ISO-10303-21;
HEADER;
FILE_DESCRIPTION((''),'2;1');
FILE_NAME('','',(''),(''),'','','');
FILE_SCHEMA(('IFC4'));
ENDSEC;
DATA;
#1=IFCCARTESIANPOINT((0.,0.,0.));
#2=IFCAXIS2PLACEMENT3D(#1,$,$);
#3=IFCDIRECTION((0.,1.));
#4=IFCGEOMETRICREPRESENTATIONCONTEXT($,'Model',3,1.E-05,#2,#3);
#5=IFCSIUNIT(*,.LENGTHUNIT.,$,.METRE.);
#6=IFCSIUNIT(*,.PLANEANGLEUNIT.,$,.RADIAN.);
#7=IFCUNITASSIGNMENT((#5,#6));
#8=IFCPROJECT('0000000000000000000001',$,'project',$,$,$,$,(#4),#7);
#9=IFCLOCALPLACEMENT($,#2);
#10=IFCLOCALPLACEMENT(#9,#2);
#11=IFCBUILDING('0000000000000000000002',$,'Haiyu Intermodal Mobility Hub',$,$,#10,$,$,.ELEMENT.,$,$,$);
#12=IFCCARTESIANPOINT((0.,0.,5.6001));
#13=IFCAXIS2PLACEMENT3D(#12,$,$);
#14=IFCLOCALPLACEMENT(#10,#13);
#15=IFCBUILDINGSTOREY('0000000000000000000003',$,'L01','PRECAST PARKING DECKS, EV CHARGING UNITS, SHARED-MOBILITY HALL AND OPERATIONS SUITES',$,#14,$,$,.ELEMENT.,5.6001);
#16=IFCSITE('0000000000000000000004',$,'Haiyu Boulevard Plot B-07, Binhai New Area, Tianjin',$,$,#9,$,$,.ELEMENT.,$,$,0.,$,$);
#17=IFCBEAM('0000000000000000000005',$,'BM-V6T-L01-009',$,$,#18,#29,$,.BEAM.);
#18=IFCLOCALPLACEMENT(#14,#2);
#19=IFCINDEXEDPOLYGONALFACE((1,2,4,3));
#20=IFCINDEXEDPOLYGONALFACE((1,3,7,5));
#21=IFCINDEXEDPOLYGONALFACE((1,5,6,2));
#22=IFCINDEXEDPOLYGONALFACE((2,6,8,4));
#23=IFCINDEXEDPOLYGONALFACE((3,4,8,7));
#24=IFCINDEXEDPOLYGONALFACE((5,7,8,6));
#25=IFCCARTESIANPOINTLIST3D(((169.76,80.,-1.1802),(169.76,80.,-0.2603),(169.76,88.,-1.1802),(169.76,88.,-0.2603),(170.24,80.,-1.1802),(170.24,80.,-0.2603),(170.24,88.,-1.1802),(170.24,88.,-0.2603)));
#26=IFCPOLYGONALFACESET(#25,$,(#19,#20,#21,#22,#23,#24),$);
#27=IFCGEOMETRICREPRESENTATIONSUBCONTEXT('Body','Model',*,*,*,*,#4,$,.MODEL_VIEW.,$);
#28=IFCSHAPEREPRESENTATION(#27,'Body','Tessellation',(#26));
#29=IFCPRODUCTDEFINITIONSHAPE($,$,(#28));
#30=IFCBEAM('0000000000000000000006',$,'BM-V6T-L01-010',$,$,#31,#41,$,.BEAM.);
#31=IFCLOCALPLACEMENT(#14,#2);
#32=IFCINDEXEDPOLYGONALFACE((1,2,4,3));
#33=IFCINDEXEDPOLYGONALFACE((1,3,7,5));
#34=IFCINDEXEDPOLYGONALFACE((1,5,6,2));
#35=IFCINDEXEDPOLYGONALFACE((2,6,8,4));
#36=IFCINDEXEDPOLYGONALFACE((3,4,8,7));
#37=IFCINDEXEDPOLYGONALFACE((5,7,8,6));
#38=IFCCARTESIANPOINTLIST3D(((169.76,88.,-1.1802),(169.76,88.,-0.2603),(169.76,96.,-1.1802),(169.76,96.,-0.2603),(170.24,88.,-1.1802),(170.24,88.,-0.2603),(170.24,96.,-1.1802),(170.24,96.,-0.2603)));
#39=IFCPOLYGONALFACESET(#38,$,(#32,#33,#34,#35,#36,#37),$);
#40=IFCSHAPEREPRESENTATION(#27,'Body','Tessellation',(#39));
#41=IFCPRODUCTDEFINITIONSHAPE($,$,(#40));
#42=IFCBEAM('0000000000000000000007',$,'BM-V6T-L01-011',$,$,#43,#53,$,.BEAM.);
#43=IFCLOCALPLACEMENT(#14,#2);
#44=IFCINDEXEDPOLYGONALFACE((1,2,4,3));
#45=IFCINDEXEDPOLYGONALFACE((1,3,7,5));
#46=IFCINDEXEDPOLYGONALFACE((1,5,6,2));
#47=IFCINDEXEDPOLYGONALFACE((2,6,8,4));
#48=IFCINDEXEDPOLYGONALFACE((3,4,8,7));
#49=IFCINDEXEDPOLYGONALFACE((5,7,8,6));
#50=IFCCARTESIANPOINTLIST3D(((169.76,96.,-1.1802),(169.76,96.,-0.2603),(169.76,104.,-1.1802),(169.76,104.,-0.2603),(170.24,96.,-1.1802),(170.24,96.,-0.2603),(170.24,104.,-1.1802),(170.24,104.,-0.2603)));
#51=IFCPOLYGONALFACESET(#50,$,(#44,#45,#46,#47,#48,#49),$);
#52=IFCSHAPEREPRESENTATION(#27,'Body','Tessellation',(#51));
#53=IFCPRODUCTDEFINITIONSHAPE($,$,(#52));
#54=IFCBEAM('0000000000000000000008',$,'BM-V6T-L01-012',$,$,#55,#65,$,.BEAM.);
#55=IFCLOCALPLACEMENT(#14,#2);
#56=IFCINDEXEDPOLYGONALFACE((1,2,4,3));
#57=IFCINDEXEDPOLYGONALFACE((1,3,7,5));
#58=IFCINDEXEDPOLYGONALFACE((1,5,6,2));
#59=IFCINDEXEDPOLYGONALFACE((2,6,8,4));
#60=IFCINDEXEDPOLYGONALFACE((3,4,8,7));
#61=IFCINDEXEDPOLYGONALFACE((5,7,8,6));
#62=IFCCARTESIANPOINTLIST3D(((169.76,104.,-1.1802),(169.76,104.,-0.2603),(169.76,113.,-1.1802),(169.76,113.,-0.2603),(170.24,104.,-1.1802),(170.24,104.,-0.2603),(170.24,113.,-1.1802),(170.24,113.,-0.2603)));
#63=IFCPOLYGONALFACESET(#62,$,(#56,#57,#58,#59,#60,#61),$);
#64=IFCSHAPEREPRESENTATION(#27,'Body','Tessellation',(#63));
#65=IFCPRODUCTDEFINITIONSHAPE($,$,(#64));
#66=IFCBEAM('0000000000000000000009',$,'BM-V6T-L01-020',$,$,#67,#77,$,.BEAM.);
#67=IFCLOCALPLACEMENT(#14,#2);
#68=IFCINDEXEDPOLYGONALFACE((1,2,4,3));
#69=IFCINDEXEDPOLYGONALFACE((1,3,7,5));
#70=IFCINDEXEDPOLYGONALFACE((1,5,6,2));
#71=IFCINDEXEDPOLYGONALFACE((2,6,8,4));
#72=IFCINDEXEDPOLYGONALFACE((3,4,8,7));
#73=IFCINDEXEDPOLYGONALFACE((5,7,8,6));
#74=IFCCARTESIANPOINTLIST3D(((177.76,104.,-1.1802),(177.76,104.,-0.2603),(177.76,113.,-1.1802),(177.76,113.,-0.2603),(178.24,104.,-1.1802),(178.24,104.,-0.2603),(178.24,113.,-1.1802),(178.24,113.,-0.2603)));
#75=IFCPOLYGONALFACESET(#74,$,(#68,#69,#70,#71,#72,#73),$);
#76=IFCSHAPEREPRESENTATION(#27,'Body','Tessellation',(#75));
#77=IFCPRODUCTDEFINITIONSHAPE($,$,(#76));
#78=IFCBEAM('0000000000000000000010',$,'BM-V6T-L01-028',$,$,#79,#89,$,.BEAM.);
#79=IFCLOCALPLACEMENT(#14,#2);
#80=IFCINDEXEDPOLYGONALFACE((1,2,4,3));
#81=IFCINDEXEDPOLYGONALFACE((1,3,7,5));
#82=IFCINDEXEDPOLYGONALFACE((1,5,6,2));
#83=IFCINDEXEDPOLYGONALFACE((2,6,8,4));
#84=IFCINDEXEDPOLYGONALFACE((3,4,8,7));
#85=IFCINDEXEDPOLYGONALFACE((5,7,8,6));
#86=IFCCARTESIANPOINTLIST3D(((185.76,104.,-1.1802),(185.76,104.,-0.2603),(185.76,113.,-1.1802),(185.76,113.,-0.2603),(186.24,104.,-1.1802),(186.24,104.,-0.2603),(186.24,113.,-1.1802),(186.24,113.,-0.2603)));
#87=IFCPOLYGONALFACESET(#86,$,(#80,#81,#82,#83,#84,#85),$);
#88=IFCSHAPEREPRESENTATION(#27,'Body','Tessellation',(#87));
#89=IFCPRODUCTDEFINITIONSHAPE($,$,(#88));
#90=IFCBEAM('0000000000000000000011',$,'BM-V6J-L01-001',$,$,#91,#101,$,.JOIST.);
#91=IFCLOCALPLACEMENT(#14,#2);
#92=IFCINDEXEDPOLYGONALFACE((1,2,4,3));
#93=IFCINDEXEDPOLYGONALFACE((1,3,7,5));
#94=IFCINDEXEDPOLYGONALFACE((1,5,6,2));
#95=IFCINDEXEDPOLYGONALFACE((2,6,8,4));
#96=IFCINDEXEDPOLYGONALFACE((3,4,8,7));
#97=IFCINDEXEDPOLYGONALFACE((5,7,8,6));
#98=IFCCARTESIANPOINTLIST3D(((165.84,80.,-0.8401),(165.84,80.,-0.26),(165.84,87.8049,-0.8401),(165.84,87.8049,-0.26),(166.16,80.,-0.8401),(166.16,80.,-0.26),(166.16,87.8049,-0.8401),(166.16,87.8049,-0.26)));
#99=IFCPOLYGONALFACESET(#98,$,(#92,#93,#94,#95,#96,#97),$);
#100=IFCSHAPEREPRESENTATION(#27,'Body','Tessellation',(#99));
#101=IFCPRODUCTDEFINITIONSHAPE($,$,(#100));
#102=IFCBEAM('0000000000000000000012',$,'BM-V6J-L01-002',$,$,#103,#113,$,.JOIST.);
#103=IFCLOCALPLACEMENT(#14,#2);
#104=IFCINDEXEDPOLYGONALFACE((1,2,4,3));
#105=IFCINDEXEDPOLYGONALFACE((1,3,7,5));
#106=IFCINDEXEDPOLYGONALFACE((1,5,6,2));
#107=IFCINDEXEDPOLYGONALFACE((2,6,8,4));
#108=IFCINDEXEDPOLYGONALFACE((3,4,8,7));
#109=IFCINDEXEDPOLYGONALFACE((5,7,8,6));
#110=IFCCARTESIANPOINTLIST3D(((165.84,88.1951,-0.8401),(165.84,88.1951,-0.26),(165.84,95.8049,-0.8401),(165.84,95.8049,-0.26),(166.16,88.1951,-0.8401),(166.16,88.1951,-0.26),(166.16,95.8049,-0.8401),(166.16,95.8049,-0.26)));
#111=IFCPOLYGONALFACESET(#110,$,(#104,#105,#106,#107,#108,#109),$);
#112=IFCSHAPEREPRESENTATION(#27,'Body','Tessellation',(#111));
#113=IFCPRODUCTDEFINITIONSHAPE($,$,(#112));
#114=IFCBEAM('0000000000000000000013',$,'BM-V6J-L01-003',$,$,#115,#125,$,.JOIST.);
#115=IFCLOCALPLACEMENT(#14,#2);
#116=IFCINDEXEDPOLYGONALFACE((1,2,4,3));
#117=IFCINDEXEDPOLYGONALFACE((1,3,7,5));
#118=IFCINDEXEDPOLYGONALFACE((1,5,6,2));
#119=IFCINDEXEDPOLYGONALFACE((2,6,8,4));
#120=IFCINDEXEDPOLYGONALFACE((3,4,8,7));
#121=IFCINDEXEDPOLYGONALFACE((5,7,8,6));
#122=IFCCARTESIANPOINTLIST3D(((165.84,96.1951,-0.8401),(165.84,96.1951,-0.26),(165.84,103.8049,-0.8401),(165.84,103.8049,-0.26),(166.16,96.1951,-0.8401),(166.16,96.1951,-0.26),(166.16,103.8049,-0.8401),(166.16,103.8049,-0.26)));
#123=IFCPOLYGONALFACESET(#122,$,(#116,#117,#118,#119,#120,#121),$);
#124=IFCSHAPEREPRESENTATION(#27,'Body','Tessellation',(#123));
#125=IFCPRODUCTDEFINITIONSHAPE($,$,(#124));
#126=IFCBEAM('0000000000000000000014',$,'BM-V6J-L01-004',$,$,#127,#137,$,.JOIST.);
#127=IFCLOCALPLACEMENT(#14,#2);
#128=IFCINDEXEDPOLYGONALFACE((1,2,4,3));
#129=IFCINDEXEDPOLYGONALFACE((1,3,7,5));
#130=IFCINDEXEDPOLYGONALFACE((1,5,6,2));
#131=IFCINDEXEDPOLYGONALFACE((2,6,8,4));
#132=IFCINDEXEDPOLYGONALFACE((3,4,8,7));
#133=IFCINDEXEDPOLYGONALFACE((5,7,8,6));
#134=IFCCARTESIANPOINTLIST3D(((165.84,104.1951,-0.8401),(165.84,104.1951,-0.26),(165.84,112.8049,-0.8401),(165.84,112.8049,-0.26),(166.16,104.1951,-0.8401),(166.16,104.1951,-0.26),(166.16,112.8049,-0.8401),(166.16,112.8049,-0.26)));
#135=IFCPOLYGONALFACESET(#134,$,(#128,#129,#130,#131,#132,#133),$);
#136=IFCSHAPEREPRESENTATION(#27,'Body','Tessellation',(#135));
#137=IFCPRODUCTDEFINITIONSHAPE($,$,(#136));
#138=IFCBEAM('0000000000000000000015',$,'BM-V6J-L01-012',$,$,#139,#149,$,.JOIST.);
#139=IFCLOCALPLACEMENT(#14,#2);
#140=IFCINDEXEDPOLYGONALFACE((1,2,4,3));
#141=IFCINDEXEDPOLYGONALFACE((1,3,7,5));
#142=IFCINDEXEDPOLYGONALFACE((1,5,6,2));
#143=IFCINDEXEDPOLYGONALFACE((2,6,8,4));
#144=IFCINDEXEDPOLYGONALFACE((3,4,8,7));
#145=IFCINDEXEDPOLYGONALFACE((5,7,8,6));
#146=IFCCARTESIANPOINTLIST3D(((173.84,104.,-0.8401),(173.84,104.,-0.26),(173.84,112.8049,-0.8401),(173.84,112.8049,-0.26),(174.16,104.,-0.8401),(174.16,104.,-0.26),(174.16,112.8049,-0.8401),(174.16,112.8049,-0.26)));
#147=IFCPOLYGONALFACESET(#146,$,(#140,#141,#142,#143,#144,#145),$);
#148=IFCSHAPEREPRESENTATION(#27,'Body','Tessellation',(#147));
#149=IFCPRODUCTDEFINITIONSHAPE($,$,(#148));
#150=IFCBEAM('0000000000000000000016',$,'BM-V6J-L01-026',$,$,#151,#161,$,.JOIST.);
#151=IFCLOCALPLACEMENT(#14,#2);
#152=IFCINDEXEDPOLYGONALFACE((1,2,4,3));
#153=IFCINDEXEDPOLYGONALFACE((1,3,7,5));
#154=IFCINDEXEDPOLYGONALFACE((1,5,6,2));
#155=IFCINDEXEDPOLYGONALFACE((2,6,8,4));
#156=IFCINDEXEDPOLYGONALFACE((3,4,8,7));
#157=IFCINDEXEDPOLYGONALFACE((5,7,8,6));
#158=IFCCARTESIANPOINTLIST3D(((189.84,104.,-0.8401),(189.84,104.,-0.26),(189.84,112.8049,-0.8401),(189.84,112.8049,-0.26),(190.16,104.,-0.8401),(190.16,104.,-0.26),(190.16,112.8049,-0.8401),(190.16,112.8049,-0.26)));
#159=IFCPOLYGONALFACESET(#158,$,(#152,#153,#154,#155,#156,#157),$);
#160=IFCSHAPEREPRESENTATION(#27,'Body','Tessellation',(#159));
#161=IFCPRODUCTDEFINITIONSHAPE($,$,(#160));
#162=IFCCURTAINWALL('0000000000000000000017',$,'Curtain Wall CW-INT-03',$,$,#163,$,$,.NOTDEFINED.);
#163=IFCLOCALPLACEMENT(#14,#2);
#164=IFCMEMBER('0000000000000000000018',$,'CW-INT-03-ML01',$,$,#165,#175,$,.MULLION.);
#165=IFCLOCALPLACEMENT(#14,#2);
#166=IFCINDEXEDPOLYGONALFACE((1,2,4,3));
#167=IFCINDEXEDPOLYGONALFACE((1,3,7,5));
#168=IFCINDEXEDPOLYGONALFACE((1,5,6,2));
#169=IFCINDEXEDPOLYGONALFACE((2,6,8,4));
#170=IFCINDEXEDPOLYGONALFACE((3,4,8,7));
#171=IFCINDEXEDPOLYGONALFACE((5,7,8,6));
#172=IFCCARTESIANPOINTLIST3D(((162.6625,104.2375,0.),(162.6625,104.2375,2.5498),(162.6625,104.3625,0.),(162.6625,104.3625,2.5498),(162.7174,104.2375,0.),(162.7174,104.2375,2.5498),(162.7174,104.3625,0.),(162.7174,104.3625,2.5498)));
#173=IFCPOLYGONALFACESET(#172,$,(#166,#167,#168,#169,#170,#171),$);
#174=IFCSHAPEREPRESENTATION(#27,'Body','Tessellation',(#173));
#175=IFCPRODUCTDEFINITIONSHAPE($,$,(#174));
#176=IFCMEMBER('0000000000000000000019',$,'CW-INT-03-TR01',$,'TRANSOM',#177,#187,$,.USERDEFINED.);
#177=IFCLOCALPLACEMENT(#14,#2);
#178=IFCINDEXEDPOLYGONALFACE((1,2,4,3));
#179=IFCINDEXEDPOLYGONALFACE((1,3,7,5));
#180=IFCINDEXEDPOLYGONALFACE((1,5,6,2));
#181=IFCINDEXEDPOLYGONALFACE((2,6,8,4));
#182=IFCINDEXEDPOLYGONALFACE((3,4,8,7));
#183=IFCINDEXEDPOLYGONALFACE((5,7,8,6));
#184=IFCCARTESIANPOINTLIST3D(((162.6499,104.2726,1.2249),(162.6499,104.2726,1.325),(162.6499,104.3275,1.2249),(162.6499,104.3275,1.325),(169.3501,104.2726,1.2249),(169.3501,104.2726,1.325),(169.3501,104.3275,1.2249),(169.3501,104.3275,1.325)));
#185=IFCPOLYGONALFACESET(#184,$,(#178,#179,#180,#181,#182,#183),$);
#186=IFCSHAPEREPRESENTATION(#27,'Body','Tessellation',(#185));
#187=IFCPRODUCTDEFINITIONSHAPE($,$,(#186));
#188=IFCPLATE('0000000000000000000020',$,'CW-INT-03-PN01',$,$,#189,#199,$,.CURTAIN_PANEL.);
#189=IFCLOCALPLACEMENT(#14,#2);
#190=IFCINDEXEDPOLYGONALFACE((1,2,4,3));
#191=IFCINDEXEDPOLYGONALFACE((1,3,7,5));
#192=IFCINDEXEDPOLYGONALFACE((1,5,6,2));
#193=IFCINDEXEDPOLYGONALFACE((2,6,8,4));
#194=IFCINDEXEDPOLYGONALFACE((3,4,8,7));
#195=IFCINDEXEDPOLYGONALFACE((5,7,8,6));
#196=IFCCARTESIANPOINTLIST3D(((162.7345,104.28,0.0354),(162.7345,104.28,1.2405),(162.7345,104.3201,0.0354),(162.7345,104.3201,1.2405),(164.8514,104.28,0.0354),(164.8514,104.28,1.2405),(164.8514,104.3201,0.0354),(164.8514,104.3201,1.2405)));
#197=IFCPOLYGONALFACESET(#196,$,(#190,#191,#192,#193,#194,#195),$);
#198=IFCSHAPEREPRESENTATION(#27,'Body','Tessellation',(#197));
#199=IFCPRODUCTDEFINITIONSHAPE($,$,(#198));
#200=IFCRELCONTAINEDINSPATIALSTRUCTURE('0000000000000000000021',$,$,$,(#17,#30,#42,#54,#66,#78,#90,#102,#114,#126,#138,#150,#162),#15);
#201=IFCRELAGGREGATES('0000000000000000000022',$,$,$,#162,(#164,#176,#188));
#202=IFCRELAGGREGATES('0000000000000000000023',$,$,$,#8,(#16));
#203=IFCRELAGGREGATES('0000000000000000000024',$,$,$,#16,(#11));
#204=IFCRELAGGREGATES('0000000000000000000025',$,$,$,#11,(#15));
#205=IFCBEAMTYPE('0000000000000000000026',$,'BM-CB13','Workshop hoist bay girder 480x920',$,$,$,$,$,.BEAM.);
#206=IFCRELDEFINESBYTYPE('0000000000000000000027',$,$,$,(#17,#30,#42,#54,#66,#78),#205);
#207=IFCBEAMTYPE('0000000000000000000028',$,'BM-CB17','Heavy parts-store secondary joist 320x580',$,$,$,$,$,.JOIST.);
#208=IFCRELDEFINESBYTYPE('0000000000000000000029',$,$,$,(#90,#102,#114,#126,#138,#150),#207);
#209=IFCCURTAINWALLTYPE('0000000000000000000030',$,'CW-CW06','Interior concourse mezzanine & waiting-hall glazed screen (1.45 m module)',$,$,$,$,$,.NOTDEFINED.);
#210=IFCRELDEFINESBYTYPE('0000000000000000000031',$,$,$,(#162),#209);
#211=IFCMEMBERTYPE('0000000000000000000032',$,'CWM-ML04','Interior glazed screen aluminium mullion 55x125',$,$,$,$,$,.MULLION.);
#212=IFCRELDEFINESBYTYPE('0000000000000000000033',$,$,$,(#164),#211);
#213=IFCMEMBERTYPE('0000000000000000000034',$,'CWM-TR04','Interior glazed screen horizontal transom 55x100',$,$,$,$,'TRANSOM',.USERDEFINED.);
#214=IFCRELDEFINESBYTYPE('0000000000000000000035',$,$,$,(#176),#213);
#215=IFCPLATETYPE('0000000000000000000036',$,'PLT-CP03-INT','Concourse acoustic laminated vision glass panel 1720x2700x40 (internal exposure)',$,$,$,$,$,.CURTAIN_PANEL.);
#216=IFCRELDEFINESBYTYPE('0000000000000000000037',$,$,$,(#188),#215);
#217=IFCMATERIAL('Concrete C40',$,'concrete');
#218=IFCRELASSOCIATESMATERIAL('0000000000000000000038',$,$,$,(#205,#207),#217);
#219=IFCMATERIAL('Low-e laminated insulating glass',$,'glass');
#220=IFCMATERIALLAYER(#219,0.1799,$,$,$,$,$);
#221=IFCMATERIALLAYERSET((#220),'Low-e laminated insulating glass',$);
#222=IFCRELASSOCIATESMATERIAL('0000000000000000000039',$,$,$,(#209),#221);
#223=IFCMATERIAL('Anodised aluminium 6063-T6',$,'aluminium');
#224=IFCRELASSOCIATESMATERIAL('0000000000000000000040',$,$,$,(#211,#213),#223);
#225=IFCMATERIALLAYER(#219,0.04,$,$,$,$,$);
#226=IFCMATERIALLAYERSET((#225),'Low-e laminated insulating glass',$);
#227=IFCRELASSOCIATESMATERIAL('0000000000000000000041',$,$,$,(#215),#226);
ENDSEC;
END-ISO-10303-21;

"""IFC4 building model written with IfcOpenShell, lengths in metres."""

from ifc_helpers import new_model, si_unit, direction, frame, origin, origin_2d, place, context, subcontext, project, spatial, rectangle, extrude, material, layer, layer_set, material_profile, profile_set, type_object, element, aggregate, save


model = new_model("IFC4")

# Units and contexts
model_context = context("Model", 3, precision=1e-05, world=origin(), true_north=direction((0.0, 1.0)))
body_context = subcontext(model_context, "Body", "Model", "MODEL_VIEW")
ifc_project = project(units=[si_unit("LENGTHUNIT", "METRE"), si_unit("PLANEANGLEUNIT", "RADIAN")], contexts=[model_context])

# Site, building, storey
site_placement = place(None, origin())
site = spatial("IfcSite", under=ifc_project, at=site_placement, Name="Haiyu Boulevard Plot B-07, Binhai New Area, Tianjin", CompositionType="ELEMENT", RefElevation=0.0)
building_placement = place(site_placement, origin())
building = spatial("IfcBuilding", under=site, at=building_placement, Name="Haiyu Intermodal Mobility Hub", CompositionType="ELEMENT")
storey_placement = place(building_placement, frame((0.0, 0.0, 5.6001)))
storey = spatial("IfcBuildingStorey", under=building, at=storey_placement, Name="L01", Description="PRECAST PARKING DECKS, EV CHARGING UNITS, SHARED-MOBILITY HALL AND OPERATIONS SUITES", CompositionType="ELEMENT", Elevation=5.6001)

# Shared definitions
ifc_material_1 = material(Name="Concrete C40", Category="concrete")

# Beams
ifc_material_profile_1 = material_profile(ifc_material_1, rectangle(XDim=0.48, YDim=0.9199, at=origin_2d()), Name="B480x920")
ifc_profile_set_1 = profile_set([ifc_material_profile_1], Name="Concrete C40")
beam_type_1 = type_object("IfcBeamType", Name="BM-CB13", Description="Workshop hoist bay girder 480x920", PredefinedType="BEAM", material=ifc_profile_set_1)
for number, where, z_axis, x_axis, name in (
    (1, (170.0, 80.0, -0.7202), (0.0, 1.0, 0.0), (-1.0, 0.0, 0.0), "BM-V6T-L01-009"),
    (2, (170.0, 88.0, -0.7202), (0.0, 1.0, 0.0), (-1.0, 0.0, 0.0), "BM-V6T-L01-010"),
    (3, (170.0, 96.0, -0.7202), (0.0, 1.0, 0.0), (-1.0, 0.0, 0.0), "BM-V6T-L01-011"),
):
    element("IfcBeam", number, at=place(storey_placement, frame(where, z_axis=z_axis, x_axis=x_axis)), inside=storey, type_object=beam_type_1, Name=name, PredefinedType="BEAM", context=body_context, shape_type="SweptSolid", body=[
        extrude(rectangle(XDim=0.48, YDim=0.9199, at=origin_2d()), origin(), (0.0, 0.0, 1.0), 8.0),
    ])
for number, where, z_axis, x_axis, name in (
    (4, (170.0, 104.0, -0.7202), (0.0, 1.0, 0.0), (-1.0, 0.0, 0.0), "BM-V6T-L01-012"),
    (5, (178.0, 104.0, -0.7202), (0.0, 1.0, 0.0), (-1.0, 0.0, 0.0), "BM-V6T-L01-020"),
    (6, (186.0, 104.0, -0.7202), (0.0, 1.0, 0.0), (-1.0, 0.0, 0.0), "BM-V6T-L01-028"),
):
    element("IfcBeam", number, at=place(storey_placement, frame(where, z_axis=z_axis, x_axis=x_axis)), inside=storey, type_object=beam_type_1, Name=name, PredefinedType="BEAM", context=body_context, shape_type="SweptSolid", body=[
        extrude(rectangle(XDim=0.48, YDim=0.9199, at=origin_2d()), origin(), (0.0, 0.0, 1.0), 9.0),
    ])
ifc_material_profile_2 = material_profile(ifc_material_1, rectangle(XDim=0.3201, YDim=0.5801, at=origin_2d()), Name="B320x580")
ifc_profile_set_2 = profile_set([ifc_material_profile_2], Name="Concrete C40")
beam_type_2 = type_object("IfcBeamType", Name="BM-CB17", Description="Heavy parts-store secondary joist 320x580", PredefinedType="JOIST", material=ifc_profile_set_2)
beam_1_placement = place(storey_placement, frame((166.0, 80.0, -0.55), z_axis=(0.0, 1.0, 0.0), x_axis=(-1.0, 0.0, 0.0)))
element("IfcBeam", 7, at=beam_1_placement, inside=storey, type_object=beam_type_2, Name="BM-V6J-L01-001", PredefinedType="JOIST", context=body_context, shape_type="SweptSolid", body=[
    extrude(rectangle(XDim=0.3201, YDim=0.5801, at=origin_2d()), origin(), (0.0, 0.0, 1.0), 7.8049),
])
for number, where, z_axis, x_axis, name in (
    (8, (166.0, 88.1951, -0.55), (0.0, 1.0, 0.0), (-1.0, 0.0, 0.0), "BM-V6J-L01-002"),
    (9, (166.0, 96.1951, -0.55), (0.0, 1.0, 0.0), (-1.0, 0.0, 0.0), "BM-V6J-L01-003"),
):
    element("IfcBeam", number, at=place(storey_placement, frame(where, z_axis=z_axis, x_axis=x_axis)), inside=storey, type_object=beam_type_2, Name=name, PredefinedType="JOIST", context=body_context, shape_type="SweptSolid", body=[
        extrude(rectangle(XDim=0.3201, YDim=0.5801, at=origin_2d()), origin(), (0.0, 0.0, 1.0), 7.6099),
    ])
beam_2_placement = place(storey_placement, frame((166.0, 104.1951, -0.55), z_axis=(0.0, 1.0, 0.0), x_axis=(-1.0, 0.0, 0.0)))
element("IfcBeam", 10, at=beam_2_placement, inside=storey, type_object=beam_type_2, Name="BM-V6J-L01-004", PredefinedType="JOIST", context=body_context, shape_type="SweptSolid", body=[
    extrude(rectangle(XDim=0.3201, YDim=0.5801, at=origin_2d()), origin(), (0.0, 0.0, 1.0), 8.6099),
])
for number, where, z_axis, x_axis, name in (
    (11, (174.0, 104.0, -0.55), (0.0, 1.0, 0.0), (-1.0, 0.0, 0.0), "BM-V6J-L01-012"),
    (12, (190.0, 104.0, -0.55), (0.0, 1.0, 0.0), (-1.0, 0.0, 0.0), "BM-V6J-L01-026"),
):
    element("IfcBeam", number, at=place(storey_placement, frame(where, z_axis=z_axis, x_axis=x_axis)), inside=storey, type_object=beam_type_2, Name=name, PredefinedType="JOIST", context=body_context, shape_type="SweptSolid", body=[
        extrude(rectangle(XDim=0.3201, YDim=0.5801, at=origin_2d()), origin(), (0.0, 0.0, 1.0), 8.8049),
    ])

# Curtain wall, members, plate
ifc_material_2 = material(Name="Low-e laminated insulating glass", Category="glass")
ifc_layer_1 = layer(ifc_material_2, 0.1799)
ifc_layer_set_1 = layer_set([ifc_layer_1], Name="Low-e laminated insulating glass")
curtain_wall_type = type_object("IfcCurtainWallType", Name="CW-CW06", Description="Interior concourse mezzanine & waiting-hall glazed screen (1.45 m module)", PredefinedType="NOTDEFINED", material=ifc_layer_set_1)
curtain_wall_placement = place(storey_placement, origin())
curtain_wall = element("IfcCurtainWall", 13, at=curtain_wall_placement, inside=storey, type_object=curtain_wall_type, Name="Curtain Wall CW-INT-03", PredefinedType="NOTDEFINED")
ifc_material_3 = material(Name="Anodised aluminium 6063-T6", Category="aluminium")
ifc_material_profile_3 = material_profile(ifc_material_3, rectangle(XDim=0.0549, YDim=0.125, at=origin_2d()), Name="ALU55x125")
ifc_profile_set_3 = profile_set([ifc_material_profile_3], Name="Anodised aluminium 6063-T6")
member_type_1 = type_object("IfcMemberType", Name="CWM-ML04", Description="Interior glazed screen aluminium mullion 55x125", PredefinedType="MULLION", material=ifc_profile_set_3)
member_1_placement = place(storey_placement, frame((162.6899, 104.3, 0.0), z_axis=(0.0, 0.0, 1.0), x_axis=(1.0, 0.0, 0.0)))
member_1 = element("IfcMember", 14, at=member_1_placement, type_object=member_type_1, Name="CW-INT-03-ML01", PredefinedType="MULLION", context=body_context, shape_type="SweptSolid", body=[
    extrude(rectangle(XDim=0.0549, YDim=0.125, at=origin_2d()), origin(), (0.0, 0.0, 1.0), 2.5498),
])
ifc_material_profile_4 = material_profile(ifc_material_3, rectangle(XDim=0.0549, YDim=0.1001, at=origin_2d()), Name="ALU55x100")
ifc_profile_set_4 = profile_set([ifc_material_profile_4], Name="Anodised aluminium 6063-T6")
member_type_2 = type_object("IfcMemberType", Name="CWM-TR04", Description="Interior glazed screen horizontal transom 55x100", ElementType="TRANSOM", PredefinedType="USERDEFINED", material=ifc_profile_set_4)
member_2_placement = place(storey_placement, frame((162.6499, 104.3, 1.2749), z_axis=(1.0, 0.0, 0.0), x_axis=(0.0, 1.0, 0.0)))
member_2 = element("IfcMember", 15, at=member_2_placement, type_object=member_type_2, Name="CW-INT-03-TR01", ObjectType="TRANSOM", PredefinedType="USERDEFINED", context=body_context, shape_type="SweptSolid", body=[
    extrude(rectangle(XDim=0.0549, YDim=0.1001, at=origin_2d()), origin(), (0.0, 0.0, 1.0), 6.7002),
])
ifc_layer_2 = layer(ifc_material_2, 0.04)
ifc_layer_set_2 = layer_set([ifc_layer_2], Name="Low-e laminated insulating glass")
plate_type = type_object("IfcPlateType", Name="PLT-CP03-INT", Description="Concourse acoustic laminated vision glass panel 1720x2700x40 (internal exposure)", PredefinedType="CURTAIN_PANEL", material=ifc_layer_set_2)
plate_1_placement = place(storey_placement, frame((163.793, 104.3, 0.0354), z_axis=(0.0, 0.0, 1.0), x_axis=(1.0, 0.0, 0.0)))
plate_1 = element("IfcPlate", 16, at=plate_1_placement, type_object=plate_type, Name="CW-INT-03-PN01", PredefinedType="CURTAIN_PANEL", context=body_context, shape_type="SweptSolid", body=[
    extrude(rectangle(XDim=2.1169, YDim=0.04, at=origin_2d()), origin(), (0.0, 0.0, 1.0), 1.2051),
])
aggregate(curtain_wall, [member_1, member_2, plate_1])

save(model, "model.ifc")
